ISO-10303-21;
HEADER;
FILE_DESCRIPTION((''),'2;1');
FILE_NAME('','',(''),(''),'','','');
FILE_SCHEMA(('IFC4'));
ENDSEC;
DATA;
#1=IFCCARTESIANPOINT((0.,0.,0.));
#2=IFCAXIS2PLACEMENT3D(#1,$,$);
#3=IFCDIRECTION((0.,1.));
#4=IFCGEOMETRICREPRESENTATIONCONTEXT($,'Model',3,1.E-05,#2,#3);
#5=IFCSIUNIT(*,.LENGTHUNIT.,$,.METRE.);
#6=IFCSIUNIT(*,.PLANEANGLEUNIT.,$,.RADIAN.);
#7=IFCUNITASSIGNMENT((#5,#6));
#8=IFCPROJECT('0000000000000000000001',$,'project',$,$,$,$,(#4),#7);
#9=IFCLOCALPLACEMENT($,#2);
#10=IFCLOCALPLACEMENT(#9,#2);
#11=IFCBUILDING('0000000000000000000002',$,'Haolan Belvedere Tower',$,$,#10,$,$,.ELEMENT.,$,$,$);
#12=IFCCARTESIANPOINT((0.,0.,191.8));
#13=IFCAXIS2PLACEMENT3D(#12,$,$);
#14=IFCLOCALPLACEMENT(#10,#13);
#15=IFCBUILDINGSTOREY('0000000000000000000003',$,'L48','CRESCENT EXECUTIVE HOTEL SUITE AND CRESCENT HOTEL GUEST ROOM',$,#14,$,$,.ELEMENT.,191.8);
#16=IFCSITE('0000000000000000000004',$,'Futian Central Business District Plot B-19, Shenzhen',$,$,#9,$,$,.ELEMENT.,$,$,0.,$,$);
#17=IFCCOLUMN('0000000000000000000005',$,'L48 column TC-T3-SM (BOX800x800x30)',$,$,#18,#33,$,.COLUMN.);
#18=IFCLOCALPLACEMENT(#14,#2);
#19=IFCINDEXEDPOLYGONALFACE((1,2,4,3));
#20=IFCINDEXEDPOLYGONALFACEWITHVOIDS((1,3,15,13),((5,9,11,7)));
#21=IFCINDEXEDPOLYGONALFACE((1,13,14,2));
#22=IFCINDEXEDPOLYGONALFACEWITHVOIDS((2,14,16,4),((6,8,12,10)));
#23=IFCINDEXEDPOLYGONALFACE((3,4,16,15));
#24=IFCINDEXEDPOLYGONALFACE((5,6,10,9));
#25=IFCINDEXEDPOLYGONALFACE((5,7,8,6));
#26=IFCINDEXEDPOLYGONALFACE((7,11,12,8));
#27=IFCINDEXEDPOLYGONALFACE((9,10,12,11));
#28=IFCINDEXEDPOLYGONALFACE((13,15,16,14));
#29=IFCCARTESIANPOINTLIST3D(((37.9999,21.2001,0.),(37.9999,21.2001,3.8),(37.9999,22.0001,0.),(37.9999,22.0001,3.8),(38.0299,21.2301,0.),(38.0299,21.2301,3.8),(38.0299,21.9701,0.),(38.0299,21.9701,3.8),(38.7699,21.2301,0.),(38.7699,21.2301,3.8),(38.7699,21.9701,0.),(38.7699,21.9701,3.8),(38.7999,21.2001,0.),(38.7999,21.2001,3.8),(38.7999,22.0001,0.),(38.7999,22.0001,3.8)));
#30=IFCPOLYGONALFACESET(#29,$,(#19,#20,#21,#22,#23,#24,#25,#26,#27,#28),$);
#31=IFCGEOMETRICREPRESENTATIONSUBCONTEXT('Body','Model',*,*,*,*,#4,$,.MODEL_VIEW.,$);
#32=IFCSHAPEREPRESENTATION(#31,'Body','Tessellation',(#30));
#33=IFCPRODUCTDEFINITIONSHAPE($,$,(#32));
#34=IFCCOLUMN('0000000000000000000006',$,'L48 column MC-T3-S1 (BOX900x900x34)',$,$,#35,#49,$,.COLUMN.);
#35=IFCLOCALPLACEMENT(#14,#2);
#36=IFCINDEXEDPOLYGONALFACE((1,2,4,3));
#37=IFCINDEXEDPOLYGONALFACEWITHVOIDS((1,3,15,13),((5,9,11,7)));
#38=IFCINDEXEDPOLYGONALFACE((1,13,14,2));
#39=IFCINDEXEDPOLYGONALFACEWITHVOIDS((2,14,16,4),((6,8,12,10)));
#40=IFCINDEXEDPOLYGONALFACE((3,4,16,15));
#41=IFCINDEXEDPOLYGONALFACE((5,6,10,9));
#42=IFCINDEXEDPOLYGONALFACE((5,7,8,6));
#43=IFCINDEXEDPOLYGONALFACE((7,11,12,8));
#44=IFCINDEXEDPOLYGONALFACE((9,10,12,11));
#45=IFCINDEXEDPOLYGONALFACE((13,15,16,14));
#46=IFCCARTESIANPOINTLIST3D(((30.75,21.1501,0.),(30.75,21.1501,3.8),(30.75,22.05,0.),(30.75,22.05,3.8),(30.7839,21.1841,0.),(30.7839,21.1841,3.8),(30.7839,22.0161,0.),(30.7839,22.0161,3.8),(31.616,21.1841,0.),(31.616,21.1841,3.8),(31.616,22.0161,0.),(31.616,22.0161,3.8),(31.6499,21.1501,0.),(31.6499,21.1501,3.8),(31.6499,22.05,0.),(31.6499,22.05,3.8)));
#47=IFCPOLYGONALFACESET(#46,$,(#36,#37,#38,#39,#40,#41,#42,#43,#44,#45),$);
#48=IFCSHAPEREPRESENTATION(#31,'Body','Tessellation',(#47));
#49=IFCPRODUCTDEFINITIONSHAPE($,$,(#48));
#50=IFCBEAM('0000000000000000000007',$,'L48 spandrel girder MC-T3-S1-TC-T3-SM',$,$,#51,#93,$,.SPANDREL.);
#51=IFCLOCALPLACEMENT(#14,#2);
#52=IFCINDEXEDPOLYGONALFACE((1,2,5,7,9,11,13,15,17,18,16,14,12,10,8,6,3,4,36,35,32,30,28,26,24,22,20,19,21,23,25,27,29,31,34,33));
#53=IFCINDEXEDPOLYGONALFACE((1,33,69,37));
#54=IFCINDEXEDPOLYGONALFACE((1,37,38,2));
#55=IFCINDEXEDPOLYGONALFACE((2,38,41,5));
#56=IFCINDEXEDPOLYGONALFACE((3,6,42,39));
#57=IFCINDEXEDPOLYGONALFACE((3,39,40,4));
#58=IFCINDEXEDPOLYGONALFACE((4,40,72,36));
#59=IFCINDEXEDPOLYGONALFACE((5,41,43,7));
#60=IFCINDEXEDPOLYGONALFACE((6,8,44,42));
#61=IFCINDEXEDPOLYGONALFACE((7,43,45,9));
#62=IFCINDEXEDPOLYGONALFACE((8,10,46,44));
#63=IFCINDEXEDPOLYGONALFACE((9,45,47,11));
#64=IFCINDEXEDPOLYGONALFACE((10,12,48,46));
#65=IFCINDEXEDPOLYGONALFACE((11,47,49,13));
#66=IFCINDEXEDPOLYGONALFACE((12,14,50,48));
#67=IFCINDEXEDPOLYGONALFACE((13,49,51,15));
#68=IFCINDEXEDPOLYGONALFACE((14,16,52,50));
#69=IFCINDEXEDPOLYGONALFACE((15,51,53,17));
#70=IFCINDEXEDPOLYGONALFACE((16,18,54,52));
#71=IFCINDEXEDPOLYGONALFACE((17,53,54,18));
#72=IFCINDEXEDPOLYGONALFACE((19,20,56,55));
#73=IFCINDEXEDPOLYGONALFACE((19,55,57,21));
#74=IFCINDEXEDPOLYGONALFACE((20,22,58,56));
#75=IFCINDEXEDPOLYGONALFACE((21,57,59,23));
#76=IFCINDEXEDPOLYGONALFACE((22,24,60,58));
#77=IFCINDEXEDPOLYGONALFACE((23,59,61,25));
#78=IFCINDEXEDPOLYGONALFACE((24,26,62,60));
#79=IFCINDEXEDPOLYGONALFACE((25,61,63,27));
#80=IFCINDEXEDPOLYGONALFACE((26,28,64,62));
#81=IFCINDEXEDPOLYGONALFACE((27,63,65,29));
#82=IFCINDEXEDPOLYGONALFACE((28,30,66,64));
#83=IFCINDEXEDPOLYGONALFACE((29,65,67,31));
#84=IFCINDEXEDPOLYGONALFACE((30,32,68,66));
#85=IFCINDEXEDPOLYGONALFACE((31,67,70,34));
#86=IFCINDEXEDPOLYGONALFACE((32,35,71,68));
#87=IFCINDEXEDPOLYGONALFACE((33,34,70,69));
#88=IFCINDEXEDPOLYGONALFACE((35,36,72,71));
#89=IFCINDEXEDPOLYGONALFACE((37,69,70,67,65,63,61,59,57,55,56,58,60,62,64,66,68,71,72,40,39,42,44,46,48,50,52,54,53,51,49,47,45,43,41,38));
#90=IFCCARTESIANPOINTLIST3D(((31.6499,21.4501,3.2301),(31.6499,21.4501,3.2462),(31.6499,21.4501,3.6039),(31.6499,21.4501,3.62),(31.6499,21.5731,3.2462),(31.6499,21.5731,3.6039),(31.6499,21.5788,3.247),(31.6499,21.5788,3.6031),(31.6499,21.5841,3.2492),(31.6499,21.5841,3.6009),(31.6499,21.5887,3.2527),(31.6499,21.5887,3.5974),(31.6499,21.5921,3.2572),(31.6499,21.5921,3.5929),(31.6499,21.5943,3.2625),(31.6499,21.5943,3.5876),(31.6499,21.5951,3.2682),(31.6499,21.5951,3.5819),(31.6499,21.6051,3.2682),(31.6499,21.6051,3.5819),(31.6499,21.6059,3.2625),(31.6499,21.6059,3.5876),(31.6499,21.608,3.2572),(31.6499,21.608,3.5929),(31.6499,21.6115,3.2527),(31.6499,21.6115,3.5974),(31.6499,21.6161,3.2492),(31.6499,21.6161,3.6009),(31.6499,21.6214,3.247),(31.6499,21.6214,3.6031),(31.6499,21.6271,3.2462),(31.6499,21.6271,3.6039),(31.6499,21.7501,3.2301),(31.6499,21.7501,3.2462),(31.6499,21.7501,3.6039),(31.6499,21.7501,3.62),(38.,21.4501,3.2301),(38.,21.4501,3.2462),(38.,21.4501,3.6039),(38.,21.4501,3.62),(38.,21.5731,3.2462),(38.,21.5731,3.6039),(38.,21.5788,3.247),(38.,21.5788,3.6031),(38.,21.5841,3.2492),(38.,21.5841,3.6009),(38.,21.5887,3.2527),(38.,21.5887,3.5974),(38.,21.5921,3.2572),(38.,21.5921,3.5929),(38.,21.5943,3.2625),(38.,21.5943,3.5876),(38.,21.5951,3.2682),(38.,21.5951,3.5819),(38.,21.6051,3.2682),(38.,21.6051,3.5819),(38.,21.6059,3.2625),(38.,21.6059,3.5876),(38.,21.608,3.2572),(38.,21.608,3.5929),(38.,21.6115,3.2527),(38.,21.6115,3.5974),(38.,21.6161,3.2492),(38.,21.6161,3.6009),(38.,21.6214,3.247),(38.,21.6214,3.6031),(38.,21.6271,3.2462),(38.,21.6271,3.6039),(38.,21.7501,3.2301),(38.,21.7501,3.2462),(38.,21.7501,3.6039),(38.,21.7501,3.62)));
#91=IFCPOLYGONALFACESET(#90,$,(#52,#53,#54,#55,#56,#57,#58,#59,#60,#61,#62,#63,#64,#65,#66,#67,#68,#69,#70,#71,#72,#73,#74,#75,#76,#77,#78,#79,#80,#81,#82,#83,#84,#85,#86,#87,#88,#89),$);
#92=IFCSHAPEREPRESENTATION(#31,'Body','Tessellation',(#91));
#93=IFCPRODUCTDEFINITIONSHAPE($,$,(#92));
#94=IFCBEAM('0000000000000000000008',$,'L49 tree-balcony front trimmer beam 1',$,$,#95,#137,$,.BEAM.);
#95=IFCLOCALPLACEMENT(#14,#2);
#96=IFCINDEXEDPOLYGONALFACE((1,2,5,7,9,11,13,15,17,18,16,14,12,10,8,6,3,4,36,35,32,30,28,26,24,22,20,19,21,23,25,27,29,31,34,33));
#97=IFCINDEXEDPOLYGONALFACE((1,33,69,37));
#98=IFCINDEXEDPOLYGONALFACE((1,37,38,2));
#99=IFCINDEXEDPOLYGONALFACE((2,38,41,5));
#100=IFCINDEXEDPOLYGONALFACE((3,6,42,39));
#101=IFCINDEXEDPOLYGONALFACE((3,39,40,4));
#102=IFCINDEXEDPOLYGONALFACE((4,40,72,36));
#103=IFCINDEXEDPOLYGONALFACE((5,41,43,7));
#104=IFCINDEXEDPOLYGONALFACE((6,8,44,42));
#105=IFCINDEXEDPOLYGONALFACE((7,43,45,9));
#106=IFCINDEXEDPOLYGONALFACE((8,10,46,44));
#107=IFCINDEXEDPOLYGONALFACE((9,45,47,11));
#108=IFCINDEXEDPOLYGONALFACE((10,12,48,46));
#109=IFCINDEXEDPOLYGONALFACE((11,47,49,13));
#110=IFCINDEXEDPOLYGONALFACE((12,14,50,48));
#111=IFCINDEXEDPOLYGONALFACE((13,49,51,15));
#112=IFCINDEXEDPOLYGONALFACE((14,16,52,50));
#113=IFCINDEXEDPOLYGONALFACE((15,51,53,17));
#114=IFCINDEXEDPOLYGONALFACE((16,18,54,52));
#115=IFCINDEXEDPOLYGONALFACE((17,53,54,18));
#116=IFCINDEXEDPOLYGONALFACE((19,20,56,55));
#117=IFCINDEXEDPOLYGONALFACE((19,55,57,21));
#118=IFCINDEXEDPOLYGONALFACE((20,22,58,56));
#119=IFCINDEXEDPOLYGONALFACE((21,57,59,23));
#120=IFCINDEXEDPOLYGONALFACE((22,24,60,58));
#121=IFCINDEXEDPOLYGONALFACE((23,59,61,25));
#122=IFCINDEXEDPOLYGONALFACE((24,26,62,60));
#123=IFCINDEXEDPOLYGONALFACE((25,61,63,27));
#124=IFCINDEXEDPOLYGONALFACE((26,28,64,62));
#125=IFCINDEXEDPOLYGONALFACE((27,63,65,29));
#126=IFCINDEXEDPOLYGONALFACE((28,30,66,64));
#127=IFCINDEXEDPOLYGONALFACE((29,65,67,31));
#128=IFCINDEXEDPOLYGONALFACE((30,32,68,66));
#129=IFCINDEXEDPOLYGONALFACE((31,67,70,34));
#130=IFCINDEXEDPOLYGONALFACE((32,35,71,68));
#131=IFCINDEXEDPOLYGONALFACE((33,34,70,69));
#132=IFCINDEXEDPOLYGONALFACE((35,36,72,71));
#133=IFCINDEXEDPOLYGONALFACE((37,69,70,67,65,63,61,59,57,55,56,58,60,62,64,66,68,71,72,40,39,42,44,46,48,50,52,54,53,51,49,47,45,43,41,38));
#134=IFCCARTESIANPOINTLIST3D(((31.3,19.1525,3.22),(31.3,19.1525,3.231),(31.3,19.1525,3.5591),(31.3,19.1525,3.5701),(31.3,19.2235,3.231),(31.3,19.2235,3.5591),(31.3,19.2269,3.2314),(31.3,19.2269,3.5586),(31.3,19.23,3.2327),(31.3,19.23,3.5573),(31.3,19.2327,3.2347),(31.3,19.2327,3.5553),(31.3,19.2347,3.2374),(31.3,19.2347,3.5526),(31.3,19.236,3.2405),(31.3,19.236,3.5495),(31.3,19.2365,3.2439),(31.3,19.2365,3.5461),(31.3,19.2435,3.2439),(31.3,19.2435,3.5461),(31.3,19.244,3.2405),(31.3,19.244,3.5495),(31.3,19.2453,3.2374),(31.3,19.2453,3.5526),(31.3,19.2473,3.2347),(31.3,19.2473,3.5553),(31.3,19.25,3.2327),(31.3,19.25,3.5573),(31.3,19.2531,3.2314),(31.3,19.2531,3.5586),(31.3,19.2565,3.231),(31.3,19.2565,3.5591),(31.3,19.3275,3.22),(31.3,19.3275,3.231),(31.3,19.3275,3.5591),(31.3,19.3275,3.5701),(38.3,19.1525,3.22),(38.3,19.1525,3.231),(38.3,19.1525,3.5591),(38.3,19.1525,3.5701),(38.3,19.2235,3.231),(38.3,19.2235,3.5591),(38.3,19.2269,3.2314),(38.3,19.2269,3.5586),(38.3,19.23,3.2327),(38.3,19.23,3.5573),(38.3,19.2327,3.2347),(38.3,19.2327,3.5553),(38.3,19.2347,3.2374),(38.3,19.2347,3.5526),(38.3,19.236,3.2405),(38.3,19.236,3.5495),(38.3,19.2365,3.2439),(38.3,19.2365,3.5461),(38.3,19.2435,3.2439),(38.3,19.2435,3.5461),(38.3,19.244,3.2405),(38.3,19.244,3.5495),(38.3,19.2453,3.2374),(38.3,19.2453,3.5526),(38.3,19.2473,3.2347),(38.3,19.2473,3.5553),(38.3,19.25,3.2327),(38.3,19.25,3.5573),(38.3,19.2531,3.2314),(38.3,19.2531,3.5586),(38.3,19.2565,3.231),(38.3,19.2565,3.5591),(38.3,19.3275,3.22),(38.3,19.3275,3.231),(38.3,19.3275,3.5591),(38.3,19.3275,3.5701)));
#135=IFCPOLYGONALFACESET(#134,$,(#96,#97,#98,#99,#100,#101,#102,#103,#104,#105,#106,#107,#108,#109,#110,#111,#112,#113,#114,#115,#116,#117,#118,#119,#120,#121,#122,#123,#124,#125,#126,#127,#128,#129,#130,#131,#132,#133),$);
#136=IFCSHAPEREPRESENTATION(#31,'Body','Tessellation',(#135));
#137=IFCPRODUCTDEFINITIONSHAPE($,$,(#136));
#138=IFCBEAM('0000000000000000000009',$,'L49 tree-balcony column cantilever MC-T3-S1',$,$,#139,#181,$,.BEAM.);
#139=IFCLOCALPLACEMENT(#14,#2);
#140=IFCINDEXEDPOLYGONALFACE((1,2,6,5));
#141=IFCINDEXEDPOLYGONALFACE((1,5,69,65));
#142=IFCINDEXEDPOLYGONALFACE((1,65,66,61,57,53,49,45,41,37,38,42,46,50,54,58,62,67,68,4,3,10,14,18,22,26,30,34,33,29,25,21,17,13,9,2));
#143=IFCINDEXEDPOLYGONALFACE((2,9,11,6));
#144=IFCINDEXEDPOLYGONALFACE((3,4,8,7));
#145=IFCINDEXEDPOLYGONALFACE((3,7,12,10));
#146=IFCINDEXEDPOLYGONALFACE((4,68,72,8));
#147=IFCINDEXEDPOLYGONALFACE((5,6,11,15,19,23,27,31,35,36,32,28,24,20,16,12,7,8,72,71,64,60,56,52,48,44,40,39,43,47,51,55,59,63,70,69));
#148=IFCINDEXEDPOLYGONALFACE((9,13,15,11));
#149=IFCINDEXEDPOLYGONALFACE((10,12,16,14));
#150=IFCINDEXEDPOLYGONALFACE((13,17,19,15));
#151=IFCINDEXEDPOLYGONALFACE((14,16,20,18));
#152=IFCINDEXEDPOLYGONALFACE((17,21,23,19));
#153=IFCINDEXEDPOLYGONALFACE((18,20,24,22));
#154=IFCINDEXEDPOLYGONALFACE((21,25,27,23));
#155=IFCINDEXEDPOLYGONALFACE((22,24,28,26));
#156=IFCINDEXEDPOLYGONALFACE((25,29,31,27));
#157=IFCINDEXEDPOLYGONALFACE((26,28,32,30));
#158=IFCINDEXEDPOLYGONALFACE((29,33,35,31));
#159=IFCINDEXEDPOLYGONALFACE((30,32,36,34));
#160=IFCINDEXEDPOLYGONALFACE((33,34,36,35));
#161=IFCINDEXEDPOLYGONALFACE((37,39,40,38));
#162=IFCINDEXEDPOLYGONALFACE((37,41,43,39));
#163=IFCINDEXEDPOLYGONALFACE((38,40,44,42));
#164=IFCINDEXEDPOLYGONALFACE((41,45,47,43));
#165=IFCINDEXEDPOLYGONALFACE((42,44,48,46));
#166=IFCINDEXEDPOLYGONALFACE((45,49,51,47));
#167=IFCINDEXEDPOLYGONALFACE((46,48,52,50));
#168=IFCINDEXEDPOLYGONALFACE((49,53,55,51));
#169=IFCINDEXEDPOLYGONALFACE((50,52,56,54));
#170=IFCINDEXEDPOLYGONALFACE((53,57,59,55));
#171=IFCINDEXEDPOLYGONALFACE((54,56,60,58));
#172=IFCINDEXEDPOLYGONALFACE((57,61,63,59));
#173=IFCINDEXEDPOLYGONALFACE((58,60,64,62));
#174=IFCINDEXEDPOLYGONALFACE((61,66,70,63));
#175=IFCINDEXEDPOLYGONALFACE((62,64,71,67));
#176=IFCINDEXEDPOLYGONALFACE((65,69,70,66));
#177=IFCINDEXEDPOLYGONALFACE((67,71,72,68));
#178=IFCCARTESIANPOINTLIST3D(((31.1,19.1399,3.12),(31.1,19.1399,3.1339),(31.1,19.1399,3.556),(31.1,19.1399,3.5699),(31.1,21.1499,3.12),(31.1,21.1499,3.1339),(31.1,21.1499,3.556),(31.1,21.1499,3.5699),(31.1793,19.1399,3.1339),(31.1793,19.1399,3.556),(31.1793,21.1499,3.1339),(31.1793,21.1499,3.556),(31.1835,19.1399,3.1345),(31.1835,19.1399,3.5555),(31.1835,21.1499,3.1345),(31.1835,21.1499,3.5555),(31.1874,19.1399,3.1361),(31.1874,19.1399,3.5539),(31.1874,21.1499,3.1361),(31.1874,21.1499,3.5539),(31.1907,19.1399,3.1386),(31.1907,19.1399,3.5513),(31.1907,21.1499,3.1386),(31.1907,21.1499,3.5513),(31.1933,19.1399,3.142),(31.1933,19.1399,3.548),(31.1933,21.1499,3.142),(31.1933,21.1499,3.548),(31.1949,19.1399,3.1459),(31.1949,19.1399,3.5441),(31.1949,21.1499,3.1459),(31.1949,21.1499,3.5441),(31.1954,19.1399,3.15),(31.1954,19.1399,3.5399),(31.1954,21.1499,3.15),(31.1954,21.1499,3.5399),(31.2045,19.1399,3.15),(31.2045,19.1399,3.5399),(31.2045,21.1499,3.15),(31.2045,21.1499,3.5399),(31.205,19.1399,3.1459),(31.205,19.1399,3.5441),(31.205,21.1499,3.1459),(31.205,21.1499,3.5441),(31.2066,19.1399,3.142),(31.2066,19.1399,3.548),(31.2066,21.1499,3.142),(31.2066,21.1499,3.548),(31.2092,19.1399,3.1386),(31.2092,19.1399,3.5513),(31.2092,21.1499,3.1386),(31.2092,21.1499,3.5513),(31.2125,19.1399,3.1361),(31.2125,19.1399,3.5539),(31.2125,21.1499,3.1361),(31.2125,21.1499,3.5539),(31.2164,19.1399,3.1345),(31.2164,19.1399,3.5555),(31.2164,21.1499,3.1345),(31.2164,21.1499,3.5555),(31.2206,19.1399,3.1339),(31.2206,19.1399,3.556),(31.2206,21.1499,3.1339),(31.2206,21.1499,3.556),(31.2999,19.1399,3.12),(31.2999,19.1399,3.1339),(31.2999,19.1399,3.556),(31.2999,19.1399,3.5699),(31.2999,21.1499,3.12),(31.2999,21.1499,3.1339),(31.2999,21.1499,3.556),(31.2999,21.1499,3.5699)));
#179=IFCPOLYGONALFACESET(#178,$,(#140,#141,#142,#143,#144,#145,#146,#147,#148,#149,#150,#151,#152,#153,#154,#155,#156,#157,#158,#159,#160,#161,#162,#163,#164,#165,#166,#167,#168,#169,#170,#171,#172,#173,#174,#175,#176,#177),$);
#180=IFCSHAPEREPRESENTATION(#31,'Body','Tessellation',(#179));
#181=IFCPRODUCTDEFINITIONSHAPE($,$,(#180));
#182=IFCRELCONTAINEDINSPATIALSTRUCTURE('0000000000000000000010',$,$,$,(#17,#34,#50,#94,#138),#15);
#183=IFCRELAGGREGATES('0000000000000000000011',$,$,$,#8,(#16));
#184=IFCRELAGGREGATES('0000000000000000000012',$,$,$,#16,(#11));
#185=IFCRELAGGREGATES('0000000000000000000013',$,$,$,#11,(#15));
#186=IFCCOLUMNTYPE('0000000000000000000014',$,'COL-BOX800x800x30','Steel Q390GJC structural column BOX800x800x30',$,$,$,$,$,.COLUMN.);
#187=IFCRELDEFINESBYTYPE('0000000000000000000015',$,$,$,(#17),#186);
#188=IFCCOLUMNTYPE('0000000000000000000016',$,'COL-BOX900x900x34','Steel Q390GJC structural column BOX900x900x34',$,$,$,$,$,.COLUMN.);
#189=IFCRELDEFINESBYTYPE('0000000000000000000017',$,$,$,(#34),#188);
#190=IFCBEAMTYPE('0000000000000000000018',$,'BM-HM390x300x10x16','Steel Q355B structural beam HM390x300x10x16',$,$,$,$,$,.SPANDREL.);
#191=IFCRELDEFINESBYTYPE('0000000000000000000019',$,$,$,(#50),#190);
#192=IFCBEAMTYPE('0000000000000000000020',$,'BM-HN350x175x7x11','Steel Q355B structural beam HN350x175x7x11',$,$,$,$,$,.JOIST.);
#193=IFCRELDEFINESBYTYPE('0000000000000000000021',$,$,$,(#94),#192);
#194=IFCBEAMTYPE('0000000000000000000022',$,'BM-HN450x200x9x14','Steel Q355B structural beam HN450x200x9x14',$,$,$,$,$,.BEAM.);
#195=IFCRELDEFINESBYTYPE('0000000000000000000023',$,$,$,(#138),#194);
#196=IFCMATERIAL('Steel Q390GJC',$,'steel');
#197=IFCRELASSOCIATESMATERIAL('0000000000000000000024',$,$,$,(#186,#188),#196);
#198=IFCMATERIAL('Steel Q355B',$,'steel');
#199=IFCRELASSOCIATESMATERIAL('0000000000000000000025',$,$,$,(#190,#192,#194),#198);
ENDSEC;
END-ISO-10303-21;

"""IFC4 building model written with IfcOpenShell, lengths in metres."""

from ifc_helpers import new_model, si_unit, direction, frame, origin, origin_2d, place, context, subcontext, project, spatial, hollow_rectangle, i_section, extrude, material, material_profile, profile_set, type_object, element, save


model = new_model("IFC4")

# Units and contexts
model_context = context("Model", 3, precision=1e-05, world=origin(), true_north=direction((0.0, 1.0)))
body_context = subcontext(model_context, "Body", "Model", "MODEL_VIEW")
ifc_project = project(units=[si_unit("LENGTHUNIT", "METRE"), si_unit("PLANEANGLEUNIT", "RADIAN")], contexts=[model_context])

# Site, building, storey
site_placement = place(None, origin())
site = spatial("IfcSite", under=ifc_project, at=site_placement, Name="Futian Central Business District Plot B-19, Shenzhen", CompositionType="ELEMENT", RefElevation=0.0)
building_placement = place(site_placement, origin())
building = spatial("IfcBuilding", under=site, at=building_placement, Name="Haolan Belvedere Tower", CompositionType="ELEMENT")
storey_placement = place(building_placement, frame((0.0, 0.0, 191.8)))
storey = spatial("IfcBuildingStorey", under=building, at=storey_placement, Name="L48", Description="CRESCENT EXECUTIVE HOTEL SUITE AND CRESCENT HOTEL GUEST ROOM", CompositionType="ELEMENT", Elevation=191.8)

# Columns
ifc_material_1 = material(Name="Steel Q390GJC", Category="steel")
ifc_material_profile_1 = material_profile(ifc_material_1, hollow_rectangle(XDim=0.8, YDim=0.8, WallThickness=0.03, at=origin_2d()), Name="Steel Q390GJC")
ifc_profile_set_1 = profile_set([ifc_material_profile_1], Name="Steel Q390GJC")
column_type_1 = type_object("IfcColumnType", Name="COL-BOX800x800x30", Description="Steel Q390GJC structural column BOX800x800x30", PredefinedType="COLUMN", material=ifc_profile_set_1)
column_1_placement = place(storey_placement, frame((38.3999, 21.6001, 0.0), z_axis=(0.0, 0.0, 1.0), x_axis=(1.0, 0.0, 0.0)))
element("IfcColumn", 1, at=column_1_placement, inside=storey, type_object=column_type_1, Name="L48 column TC-T3-SM (BOX800x800x30)", PredefinedType="COLUMN", context=body_context, shape_type="SweptSolid", body=[
    extrude(hollow_rectangle(XDim=0.8, YDim=0.8, WallThickness=0.03, at=origin_2d()), origin(), (0.0, 0.0, 1.0), 3.8),
])
ifc_material_profile_2 = material_profile(ifc_material_1, hollow_rectangle(XDim=0.8999, YDim=0.8999, WallThickness=0.0339, at=origin_2d()), Name="Steel Q390GJC")
ifc_profile_set_2 = profile_set([ifc_material_profile_2], Name="Steel Q390GJC")
column_type_2 = type_object("IfcColumnType", Name="COL-BOX900x900x34", Description="Steel Q390GJC structural column BOX900x900x34", PredefinedType="COLUMN", material=ifc_profile_set_2)
column_2_placement = place(storey_placement, frame((31.2, 21.6001, 0.0), z_axis=(0.0, 0.0, 1.0), x_axis=(1.0, 0.0, 0.0)))
element("IfcColumn", 2, at=column_2_placement, inside=storey, type_object=column_type_2, Name="L48 column MC-T3-S1 (BOX900x900x34)", PredefinedType="COLUMN", context=body_context, shape_type="SweptSolid", body=[
    extrude(hollow_rectangle(XDim=0.8999, YDim=0.8999, WallThickness=0.0339, at=origin_2d()), origin(), (0.0, 0.0, 1.0), 3.8),
])

# Beams
ifc_material_2 = material(Name="Steel Q355B", Category="steel")
ifc_material_profile_3 = material_profile(ifc_material_2, i_section(OverallWidth=0.3, OverallDepth=0.3899, WebThickness=0.01, FlangeThickness=0.0161, FilletRadius=0.022, at=origin_2d()), Name="Steel Q355B")
ifc_profile_set_3 = profile_set([ifc_material_profile_3], Name="Steel Q355B")
beam_type_1 = type_object("IfcBeamType", Name="BM-HM390x300x10x16", Description="Steel Q355B structural beam HM390x300x10x16", PredefinedType="SPANDREL", material=ifc_profile_set_3)
beam_1_placement = place(storey_placement, frame((31.6499, 21.6001, 3.425), z_axis=(1.0, 0.0, 0.0), x_axis=(0.0, 1.0, 0.0)))
element("IfcBeam", 3, at=beam_1_placement, inside=storey, type_object=beam_type_1, Name="L48 spandrel girder MC-T3-S1-TC-T3-SM", PredefinedType="SPANDREL", context=body_context, shape_type="SweptSolid", body=[
    extrude(i_section(OverallWidth=0.3, OverallDepth=0.3899, WebThickness=0.01, FlangeThickness=0.0161, FilletRadius=0.022, at=origin_2d()), origin(), (0.0, 0.0, 1.0), 6.3501),
])
ifc_material_profile_4 = material_profile(ifc_material_2, i_section(OverallWidth=0.175, OverallDepth=0.3501, WebThickness=0.0071, FlangeThickness=0.011, FilletRadius=0.0129, at=origin_2d()), Name="Steel Q355B")
ifc_profile_set_4 = profile_set([ifc_material_profile_4], Name="Steel Q355B")
beam_type_2 = type_object("IfcBeamType", Name="BM-HN350x175x7x11", Description="Steel Q355B structural beam HN350x175x7x11", PredefinedType="JOIST", material=ifc_profile_set_4)
beam_2_placement = place(storey_placement, frame((31.3, 19.24, 3.395), z_axis=(1.0, 0.0, 0.0), x_axis=(0.0, 1.0, 0.0)))
element("IfcBeam", 4, at=beam_2_placement, inside=storey, type_object=beam_type_2, Name="L49 tree-balcony front trimmer beam 1", PredefinedType="BEAM", context=body_context, shape_type="SweptSolid", body=[
    extrude(i_section(OverallWidth=0.175, OverallDepth=0.3501, WebThickness=0.0071, FlangeThickness=0.011, FilletRadius=0.0129, at=origin_2d()), origin(), (0.0, 0.0, 1.0), 7.0),
])
ifc_material_profile_5 = material_profile(ifc_material_2, i_section(OverallWidth=0.2, OverallDepth=0.45, WebThickness=0.009, FlangeThickness=0.0139, FilletRadius=0.0161, at=origin_2d()), Name="Steel Q355B")
ifc_profile_set_5 = profile_set([ifc_material_profile_5], Name="Steel Q355B")
beam_type_3 = type_object("IfcBeamType", Name="BM-HN450x200x9x14", Description="Steel Q355B structural beam HN450x200x9x14", PredefinedType="BEAM", material=ifc_profile_set_5)
beam_3_placement = place(storey_placement, frame((31.2, 21.1499, 3.345), z_axis=(0.0, -1.0, 0.0), x_axis=(1.0, 0.0, 0.0)))
element("IfcBeam", 5, at=beam_3_placement, inside=storey, type_object=beam_type_3, Name="L49 tree-balcony column cantilever MC-T3-S1", PredefinedType="BEAM", context=body_context, shape_type="SweptSolid", body=[
    extrude(i_section(OverallWidth=0.2, OverallDepth=0.45, WebThickness=0.009, FlangeThickness=0.0139, FilletRadius=0.0161, at=origin_2d()), origin(), (0.0, 0.0, 1.0), 2.01),
])

save(model, "model.ifc")
